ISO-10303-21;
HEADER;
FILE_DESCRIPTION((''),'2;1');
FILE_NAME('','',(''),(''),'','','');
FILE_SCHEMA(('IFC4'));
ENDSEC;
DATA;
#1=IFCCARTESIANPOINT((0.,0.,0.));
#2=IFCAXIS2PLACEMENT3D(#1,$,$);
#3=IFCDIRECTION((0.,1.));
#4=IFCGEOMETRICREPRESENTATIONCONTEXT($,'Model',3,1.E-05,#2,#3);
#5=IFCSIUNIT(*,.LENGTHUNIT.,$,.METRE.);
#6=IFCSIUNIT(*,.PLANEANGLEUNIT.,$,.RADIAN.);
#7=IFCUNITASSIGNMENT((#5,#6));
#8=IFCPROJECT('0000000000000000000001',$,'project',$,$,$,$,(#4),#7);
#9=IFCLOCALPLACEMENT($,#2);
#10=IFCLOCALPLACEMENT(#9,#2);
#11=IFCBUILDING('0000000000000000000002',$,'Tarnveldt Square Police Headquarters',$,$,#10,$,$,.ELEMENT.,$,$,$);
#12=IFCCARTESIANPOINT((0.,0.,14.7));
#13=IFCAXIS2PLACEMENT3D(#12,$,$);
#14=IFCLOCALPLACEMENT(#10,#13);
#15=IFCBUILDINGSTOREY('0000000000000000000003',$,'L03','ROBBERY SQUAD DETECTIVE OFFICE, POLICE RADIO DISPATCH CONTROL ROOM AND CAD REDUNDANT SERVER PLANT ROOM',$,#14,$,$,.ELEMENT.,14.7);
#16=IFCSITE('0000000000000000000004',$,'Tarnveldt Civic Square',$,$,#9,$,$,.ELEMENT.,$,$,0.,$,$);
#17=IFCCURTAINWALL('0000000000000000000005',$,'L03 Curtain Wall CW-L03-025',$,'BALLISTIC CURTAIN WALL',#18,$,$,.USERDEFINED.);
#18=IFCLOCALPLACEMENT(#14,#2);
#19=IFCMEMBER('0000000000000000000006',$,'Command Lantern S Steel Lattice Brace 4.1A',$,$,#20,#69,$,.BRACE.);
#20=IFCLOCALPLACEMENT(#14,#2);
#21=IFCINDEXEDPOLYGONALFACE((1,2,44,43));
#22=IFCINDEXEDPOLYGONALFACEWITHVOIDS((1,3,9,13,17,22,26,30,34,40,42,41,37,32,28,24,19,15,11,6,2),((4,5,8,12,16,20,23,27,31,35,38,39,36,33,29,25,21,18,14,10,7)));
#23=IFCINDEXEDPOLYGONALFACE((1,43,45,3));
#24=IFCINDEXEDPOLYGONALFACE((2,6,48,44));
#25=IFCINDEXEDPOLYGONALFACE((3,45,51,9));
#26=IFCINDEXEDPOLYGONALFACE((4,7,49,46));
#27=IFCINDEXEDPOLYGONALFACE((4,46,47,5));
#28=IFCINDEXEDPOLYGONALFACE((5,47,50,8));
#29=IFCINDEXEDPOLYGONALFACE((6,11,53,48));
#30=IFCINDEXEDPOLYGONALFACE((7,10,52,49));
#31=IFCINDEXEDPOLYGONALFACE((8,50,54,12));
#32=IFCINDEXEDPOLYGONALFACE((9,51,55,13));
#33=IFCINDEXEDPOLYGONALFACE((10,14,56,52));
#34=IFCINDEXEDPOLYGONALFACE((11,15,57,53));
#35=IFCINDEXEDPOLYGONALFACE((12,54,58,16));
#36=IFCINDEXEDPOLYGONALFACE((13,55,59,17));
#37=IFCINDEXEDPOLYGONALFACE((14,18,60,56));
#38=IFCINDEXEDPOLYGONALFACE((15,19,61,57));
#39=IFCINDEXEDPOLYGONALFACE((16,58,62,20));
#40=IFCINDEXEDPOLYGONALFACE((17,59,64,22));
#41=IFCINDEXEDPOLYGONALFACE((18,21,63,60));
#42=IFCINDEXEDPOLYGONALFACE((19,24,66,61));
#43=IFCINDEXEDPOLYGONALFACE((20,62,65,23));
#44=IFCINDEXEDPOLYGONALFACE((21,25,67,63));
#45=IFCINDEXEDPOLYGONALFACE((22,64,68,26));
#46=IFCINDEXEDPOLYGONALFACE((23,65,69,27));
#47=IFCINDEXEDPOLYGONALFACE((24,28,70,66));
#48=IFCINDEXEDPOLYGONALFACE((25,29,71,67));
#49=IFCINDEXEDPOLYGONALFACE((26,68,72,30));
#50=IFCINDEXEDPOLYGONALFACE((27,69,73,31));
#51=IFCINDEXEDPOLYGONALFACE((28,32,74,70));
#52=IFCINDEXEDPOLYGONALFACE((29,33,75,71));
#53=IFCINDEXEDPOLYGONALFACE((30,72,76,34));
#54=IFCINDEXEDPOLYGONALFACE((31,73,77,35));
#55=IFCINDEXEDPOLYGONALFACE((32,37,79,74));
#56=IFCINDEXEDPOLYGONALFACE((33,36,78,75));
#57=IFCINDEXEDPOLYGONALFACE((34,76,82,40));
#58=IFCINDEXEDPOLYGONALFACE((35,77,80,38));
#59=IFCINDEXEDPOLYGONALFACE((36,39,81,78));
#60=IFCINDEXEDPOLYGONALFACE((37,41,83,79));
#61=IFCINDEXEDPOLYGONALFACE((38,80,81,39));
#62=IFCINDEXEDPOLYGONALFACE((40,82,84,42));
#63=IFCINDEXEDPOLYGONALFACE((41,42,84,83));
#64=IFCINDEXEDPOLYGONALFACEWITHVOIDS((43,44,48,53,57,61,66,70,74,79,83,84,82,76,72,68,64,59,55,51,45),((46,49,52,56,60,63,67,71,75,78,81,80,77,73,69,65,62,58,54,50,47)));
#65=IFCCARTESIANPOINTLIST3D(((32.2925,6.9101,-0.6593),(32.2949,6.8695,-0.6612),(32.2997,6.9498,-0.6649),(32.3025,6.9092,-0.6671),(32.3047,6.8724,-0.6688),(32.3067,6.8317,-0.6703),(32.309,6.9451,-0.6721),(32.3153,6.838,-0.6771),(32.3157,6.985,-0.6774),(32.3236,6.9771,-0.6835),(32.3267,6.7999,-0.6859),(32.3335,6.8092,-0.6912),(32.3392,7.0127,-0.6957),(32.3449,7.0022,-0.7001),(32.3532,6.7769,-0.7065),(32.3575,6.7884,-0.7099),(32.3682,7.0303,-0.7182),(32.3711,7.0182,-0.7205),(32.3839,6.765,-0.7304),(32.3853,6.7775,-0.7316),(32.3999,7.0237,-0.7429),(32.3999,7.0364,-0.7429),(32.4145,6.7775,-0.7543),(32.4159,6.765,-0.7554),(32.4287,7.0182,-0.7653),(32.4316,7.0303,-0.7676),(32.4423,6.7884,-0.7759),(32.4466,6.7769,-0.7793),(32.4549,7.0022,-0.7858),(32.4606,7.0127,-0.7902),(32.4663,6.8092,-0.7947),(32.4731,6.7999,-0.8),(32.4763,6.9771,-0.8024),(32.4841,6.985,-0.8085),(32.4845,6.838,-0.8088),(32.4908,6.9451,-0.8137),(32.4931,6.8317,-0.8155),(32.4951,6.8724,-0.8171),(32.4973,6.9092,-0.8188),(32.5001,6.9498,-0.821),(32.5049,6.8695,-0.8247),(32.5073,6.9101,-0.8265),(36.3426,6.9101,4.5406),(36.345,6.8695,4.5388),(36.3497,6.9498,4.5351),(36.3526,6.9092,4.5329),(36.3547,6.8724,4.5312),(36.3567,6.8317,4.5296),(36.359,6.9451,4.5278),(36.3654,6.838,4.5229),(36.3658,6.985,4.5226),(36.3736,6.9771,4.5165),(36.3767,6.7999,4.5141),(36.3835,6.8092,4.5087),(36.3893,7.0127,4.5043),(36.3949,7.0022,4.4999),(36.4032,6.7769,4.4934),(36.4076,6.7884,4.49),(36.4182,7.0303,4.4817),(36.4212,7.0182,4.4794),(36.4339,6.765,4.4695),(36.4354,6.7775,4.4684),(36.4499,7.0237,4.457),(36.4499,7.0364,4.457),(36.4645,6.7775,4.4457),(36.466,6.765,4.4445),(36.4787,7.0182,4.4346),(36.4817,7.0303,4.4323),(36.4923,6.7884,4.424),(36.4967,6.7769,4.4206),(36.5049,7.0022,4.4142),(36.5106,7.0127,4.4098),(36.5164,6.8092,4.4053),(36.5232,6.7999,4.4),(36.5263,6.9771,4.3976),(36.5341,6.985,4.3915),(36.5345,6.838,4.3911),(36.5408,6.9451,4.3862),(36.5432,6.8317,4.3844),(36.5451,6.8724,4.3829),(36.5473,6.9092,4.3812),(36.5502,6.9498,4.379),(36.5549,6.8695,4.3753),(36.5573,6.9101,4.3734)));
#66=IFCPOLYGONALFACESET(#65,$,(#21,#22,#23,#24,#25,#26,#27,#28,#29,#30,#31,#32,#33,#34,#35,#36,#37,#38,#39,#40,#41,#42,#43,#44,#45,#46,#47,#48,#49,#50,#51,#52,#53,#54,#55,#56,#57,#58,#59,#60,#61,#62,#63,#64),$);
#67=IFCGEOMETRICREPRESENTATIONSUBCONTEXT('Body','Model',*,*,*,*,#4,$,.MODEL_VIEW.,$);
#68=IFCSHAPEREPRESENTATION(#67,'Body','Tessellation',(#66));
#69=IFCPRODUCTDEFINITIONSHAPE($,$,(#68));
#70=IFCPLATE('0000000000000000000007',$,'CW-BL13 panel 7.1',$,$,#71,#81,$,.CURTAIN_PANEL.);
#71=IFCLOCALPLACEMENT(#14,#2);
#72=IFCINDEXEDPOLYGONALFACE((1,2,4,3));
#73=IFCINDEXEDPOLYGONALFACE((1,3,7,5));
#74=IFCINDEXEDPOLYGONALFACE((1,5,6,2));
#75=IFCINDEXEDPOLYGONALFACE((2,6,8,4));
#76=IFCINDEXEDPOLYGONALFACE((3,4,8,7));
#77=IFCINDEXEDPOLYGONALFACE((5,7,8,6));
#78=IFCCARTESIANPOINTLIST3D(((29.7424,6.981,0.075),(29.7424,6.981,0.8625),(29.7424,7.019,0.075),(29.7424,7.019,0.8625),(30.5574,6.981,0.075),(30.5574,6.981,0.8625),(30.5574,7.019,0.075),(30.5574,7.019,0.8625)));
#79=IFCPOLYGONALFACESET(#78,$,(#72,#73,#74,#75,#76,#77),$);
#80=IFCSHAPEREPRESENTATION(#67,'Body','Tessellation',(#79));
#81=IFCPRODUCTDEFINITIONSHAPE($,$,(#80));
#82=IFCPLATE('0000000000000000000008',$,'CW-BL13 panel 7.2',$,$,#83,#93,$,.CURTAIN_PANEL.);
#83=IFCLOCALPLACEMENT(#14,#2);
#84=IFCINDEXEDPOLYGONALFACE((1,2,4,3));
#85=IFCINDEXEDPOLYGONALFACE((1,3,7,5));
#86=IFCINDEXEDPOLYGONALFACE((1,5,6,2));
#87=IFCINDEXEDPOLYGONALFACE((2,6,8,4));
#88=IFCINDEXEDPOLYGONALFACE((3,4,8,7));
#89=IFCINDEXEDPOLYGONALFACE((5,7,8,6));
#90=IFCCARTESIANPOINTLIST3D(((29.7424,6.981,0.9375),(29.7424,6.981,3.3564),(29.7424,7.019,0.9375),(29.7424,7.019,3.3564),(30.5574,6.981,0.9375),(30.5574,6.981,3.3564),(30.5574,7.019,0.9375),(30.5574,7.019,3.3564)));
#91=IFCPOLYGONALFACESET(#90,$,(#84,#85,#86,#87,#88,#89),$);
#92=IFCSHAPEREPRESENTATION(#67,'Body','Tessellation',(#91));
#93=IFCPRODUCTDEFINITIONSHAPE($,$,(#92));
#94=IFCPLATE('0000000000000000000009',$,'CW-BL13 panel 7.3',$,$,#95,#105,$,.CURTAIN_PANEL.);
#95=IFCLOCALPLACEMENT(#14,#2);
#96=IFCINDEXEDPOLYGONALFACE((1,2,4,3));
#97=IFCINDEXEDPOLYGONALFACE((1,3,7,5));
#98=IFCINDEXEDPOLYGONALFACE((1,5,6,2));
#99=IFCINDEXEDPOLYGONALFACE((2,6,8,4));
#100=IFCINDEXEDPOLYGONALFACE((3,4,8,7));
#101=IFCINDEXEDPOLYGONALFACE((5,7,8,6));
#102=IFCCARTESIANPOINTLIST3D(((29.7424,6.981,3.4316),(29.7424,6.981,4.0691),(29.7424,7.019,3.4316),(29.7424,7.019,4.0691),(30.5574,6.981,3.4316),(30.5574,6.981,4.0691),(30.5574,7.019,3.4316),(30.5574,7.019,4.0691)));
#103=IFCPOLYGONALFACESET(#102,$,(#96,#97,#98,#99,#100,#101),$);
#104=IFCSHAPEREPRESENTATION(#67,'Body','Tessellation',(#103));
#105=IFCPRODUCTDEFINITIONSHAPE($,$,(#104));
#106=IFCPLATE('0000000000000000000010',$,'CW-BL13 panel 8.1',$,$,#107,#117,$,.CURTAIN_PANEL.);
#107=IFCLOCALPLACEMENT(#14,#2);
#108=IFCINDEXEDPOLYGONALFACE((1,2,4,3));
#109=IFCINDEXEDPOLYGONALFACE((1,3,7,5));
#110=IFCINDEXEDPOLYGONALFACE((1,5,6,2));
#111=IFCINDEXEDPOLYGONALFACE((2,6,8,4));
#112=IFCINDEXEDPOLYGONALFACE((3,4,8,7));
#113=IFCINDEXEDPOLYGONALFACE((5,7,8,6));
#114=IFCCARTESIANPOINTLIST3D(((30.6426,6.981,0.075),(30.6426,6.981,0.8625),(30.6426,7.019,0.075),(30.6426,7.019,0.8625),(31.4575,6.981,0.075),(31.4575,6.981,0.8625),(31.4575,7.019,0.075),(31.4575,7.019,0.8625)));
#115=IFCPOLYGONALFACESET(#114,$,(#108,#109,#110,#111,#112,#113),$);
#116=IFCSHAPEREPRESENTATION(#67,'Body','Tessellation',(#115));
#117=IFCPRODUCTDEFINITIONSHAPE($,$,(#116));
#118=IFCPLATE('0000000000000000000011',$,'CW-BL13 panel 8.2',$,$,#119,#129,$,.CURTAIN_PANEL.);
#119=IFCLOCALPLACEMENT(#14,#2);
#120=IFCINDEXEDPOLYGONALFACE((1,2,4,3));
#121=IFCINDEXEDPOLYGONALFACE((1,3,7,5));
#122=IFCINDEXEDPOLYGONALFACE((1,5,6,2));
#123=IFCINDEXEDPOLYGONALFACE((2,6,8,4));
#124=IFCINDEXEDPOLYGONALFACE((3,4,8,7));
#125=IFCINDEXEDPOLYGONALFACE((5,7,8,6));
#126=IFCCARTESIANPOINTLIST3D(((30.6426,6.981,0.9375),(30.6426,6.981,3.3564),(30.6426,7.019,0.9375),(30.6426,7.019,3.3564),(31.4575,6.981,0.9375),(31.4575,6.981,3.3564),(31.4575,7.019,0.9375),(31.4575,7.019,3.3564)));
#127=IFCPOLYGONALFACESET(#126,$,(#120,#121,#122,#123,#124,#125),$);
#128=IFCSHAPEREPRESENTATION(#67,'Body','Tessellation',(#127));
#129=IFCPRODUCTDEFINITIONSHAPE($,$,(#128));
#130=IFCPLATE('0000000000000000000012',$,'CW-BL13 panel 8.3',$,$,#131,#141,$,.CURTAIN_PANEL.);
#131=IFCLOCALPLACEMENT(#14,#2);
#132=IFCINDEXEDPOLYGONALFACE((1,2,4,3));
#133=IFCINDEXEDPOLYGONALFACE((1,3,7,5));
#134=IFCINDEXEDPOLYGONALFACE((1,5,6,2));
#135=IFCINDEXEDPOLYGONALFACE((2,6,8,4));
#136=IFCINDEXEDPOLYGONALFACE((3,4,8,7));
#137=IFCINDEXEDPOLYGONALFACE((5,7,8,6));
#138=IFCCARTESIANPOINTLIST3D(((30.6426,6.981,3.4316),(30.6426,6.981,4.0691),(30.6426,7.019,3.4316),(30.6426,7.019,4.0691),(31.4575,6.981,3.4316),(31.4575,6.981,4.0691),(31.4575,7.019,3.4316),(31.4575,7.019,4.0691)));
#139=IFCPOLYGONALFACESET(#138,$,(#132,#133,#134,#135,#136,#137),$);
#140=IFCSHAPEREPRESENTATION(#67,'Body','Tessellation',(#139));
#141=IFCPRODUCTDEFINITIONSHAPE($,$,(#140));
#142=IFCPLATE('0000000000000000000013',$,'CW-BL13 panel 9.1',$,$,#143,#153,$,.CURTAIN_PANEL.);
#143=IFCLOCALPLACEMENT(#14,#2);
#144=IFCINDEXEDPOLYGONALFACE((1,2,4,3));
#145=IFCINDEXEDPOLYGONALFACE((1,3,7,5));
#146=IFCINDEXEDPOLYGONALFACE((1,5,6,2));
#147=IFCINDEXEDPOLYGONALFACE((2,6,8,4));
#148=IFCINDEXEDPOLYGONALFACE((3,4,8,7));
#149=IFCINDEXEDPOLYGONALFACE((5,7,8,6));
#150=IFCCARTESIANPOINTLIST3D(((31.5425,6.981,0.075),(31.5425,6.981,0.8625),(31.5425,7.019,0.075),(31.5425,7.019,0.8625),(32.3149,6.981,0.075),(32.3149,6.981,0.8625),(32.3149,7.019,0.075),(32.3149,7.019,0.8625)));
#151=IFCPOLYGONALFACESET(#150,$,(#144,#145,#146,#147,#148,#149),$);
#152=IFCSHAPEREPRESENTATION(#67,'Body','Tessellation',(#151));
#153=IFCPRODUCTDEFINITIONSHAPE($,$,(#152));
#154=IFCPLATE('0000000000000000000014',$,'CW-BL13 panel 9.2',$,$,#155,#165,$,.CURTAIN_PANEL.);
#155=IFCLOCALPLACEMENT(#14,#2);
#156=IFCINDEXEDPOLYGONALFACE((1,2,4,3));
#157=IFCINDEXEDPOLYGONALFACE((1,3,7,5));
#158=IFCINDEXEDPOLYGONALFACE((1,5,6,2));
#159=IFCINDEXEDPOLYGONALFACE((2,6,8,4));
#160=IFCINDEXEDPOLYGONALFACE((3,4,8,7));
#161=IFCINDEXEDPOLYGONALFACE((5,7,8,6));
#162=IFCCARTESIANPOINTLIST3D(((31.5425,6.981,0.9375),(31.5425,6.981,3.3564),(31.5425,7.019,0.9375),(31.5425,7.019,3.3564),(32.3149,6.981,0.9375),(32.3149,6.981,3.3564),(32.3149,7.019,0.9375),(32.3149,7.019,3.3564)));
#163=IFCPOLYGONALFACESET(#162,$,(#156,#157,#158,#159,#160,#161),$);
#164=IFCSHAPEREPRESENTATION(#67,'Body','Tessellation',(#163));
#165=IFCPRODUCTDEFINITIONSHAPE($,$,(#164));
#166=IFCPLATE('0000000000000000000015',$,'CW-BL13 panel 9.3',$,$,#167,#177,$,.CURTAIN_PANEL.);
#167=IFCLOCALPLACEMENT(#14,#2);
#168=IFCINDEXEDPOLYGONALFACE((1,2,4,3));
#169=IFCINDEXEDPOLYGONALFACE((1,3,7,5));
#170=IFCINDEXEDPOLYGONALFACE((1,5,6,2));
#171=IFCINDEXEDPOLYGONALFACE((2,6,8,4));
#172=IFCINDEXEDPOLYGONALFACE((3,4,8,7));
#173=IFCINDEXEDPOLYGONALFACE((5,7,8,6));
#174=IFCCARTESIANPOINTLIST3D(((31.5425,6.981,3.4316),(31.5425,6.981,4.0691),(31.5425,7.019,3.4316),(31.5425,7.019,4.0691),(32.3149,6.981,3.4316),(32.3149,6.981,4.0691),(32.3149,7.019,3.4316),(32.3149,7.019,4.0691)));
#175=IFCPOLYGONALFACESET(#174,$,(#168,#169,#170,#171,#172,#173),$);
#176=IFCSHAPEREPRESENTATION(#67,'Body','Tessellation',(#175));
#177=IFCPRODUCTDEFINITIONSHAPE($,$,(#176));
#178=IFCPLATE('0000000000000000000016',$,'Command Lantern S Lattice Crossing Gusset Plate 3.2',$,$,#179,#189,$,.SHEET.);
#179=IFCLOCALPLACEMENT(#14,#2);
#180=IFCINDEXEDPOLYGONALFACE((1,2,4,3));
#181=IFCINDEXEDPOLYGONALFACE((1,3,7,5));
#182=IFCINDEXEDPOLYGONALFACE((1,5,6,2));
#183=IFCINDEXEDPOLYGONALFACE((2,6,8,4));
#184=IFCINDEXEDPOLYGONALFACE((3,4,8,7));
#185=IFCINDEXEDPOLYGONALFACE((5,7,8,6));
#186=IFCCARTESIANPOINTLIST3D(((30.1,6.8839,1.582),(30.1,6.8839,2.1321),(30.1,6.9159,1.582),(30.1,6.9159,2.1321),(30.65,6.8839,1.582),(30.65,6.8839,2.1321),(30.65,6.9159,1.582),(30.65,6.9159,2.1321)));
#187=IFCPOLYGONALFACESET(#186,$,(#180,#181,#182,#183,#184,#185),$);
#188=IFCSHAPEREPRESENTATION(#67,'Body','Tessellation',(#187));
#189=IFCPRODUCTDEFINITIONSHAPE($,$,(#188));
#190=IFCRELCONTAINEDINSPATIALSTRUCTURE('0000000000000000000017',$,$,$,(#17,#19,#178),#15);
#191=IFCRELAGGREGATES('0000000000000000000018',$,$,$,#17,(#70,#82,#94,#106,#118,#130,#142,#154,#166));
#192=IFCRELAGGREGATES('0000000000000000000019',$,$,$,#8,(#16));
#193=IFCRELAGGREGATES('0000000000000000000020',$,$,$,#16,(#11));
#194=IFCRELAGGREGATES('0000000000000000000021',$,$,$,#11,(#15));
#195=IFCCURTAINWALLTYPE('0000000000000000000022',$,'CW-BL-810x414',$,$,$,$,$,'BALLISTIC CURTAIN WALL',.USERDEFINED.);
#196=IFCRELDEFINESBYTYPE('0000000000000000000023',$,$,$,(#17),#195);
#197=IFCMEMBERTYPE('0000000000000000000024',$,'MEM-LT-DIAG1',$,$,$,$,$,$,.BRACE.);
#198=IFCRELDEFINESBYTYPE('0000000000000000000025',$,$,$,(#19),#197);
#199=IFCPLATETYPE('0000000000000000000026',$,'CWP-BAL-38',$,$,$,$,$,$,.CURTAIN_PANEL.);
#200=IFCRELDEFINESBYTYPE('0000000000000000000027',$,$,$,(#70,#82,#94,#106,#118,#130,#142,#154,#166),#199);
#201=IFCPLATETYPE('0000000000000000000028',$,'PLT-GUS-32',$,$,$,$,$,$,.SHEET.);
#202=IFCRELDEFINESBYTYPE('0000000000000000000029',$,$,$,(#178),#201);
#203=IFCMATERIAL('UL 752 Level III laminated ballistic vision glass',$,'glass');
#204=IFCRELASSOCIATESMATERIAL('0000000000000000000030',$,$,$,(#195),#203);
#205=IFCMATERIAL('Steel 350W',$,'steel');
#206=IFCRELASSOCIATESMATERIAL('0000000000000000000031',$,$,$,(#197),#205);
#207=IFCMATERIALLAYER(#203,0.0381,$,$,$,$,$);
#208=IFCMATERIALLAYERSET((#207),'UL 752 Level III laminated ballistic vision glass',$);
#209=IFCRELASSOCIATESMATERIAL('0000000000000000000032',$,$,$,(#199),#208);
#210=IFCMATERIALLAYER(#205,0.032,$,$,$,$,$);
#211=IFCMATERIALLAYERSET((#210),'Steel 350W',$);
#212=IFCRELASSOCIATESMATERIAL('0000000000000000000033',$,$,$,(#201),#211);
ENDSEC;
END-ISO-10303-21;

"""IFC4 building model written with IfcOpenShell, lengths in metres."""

from ifc_helpers import new_model, si_unit, direction, frame, origin, origin_2d, place, context, subcontext, project, spatial, rectangle, hollow_circle, extrude, material, layer, layer_set, material_profile, profile_set, type_object, element, aggregate, save


model = new_model("IFC4")

# Units and contexts
model_context = context("Model", 3, precision=1e-05, world=origin(), true_north=direction((0.0, 1.0)))
body_context = subcontext(model_context, "Body", "Model", "MODEL_VIEW")
ifc_project = project(units=[si_unit("LENGTHUNIT", "METRE"), si_unit("PLANEANGLEUNIT", "RADIAN")], contexts=[model_context])

# Site, building, storey
site_placement = place(None, origin())
site = spatial("IfcSite", under=ifc_project, at=site_placement, Name="Tarnveldt Civic Square", CompositionType="ELEMENT", RefElevation=0.0)
building_placement = place(site_placement, origin())
building = spatial("IfcBuilding", under=site, at=building_placement, Name="Tarnveldt Square Police Headquarters", CompositionType="ELEMENT")
storey_placement = place(building_placement, frame((0.0, 0.0, 14.7)))
storey = spatial("IfcBuildingStorey", under=building, at=storey_placement, Name="L03", Description="ROBBERY SQUAD DETECTIVE OFFICE, POLICE RADIO DISPATCH CONTROL ROOM AND CAD REDUNDANT SERVER PLANT ROOM", CompositionType="ELEMENT", Elevation=14.7)

# Curtain wall
ifc_material_1 = material(Name="UL 752 Level III laminated ballistic vision glass", Category="glass")
curtain_wall_type = type_object("IfcCurtainWallType", Name="CW-BL-810x414", ElementType="BALLISTIC CURTAIN WALL", PredefinedType="USERDEFINED", material=ifc_material_1)
curtain_wall_1_placement = place(storey_placement, origin())
curtain_wall_1 = element("IfcCurtainWall", 1, at=curtain_wall_1_placement, inside=storey, type_object=curtain_wall_type, Name="L03 Curtain Wall CW-L03-025", ObjectType="BALLISTIC CURTAIN WALL", PredefinedType="USERDEFINED")

# Member
ifc_material_2 = material(Name="Steel 350W", Category="steel")
ifc_material_profile_1 = material_profile(ifc_material_2, hollow_circle(Radius=0.1365, WallThickness=0.0127, at=origin_2d()), Name="HSS273x13")
ifc_profile_set_1 = profile_set([ifc_material_profile_1], Name="Steel 350W")
member_type_1 = type_object("IfcMemberType", Name="MEM-LT-DIAG1", PredefinedType="BRACE", material=ifc_profile_set_1)
member_1_placement = place(storey_placement, frame((32.3999, 6.8999, -0.7429), z_axis=(0.614474, 0.0, 0.788937), x_axis=(0.0, 1.0, 0.0)))
element("IfcMember", 2, at=member_1_placement, inside=storey, type_object=member_type_1, Name="Command Lantern S Steel Lattice Brace 4.1A", PredefinedType="BRACE", context=body_context, shape_type="SweptSolid", body=[
    extrude(hollow_circle(Radius=0.1365, WallThickness=0.0127, at=origin_2d()), origin(), (0.0, 0.0, 1.0), 6.5911),
])

# Plates
ifc_layer_1 = layer(ifc_material_1, 0.0381)
ifc_layer_set_1 = layer_set([ifc_layer_1], Name="UL 752 Level III laminated ballistic vision glass")
plate_type_1 = type_object("IfcPlateType", Name="CWP-BAL-38", PredefinedType="CURTAIN_PANEL", material=ifc_layer_set_1)
plate_1_placement = place(storey_placement, frame((30.1499, 7.0, 0.075), z_axis=(0.0, 0.0, 1.0), x_axis=(1.0, 0.0, 0.0)))
plate_1 = element("IfcPlate", 3, at=plate_1_placement, type_object=plate_type_1, Name="CW-BL13 panel 7.1", PredefinedType="CURTAIN_PANEL", context=body_context, shape_type="SweptSolid", body=[
    extrude(rectangle(XDim=0.8149, YDim=0.0381, at=origin_2d()), origin(), (0.0, 0.0, 1.0), 0.7876),
])
plate_2_placement = place(storey_placement, frame((30.1499, 7.0, 0.9375), z_axis=(0.0, 0.0, 1.0), x_axis=(1.0, 0.0, 0.0)))
plate_2 = element("IfcPlate", 4, at=plate_2_placement, type_object=plate_type_1, Name="CW-BL13 panel 7.2", PredefinedType="CURTAIN_PANEL", context=body_context, shape_type="SweptSolid", body=[
    extrude(rectangle(XDim=0.8149, YDim=0.0381, at=origin_2d()), origin(), (0.0, 0.0, 1.0), 2.4189),
])
plate_3_placement = place(storey_placement, frame((30.1499, 7.0, 3.4316), z_axis=(0.0, 0.0, 1.0), x_axis=(1.0, 0.0, 0.0)))
plate_3 = element("IfcPlate", 5, at=plate_3_placement, type_object=plate_type_1, Name="CW-BL13 panel 7.3", PredefinedType="CURTAIN_PANEL", context=body_context, shape_type="SweptSolid", body=[
    extrude(rectangle(XDim=0.8149, YDim=0.0381, at=origin_2d()), origin(), (0.0, 0.0, 1.0), 0.6375),
])
plate_4_placement = place(storey_placement, frame((31.05, 7.0, 0.075), z_axis=(0.0, 0.0, 1.0), x_axis=(1.0, 0.0, 0.0)))
plate_4 = element("IfcPlate", 6, at=plate_4_placement, type_object=plate_type_1, Name="CW-BL13 panel 8.1", PredefinedType="CURTAIN_PANEL", context=body_context, shape_type="SweptSolid", body=[
    extrude(rectangle(XDim=0.8149, YDim=0.0381, at=origin_2d()), origin(), (0.0, 0.0, 1.0), 0.7876),
])
plate_5_placement = place(storey_placement, frame((31.05, 7.0, 0.9375), z_axis=(0.0, 0.0, 1.0), x_axis=(1.0, 0.0, 0.0)))
plate_5 = element("IfcPlate", 7, at=plate_5_placement, type_object=plate_type_1, Name="CW-BL13 panel 8.2", PredefinedType="CURTAIN_PANEL", context=body_context, shape_type="SweptSolid", body=[
    extrude(rectangle(XDim=0.8149, YDim=0.0381, at=origin_2d()), origin(), (0.0, 0.0, 1.0), 2.4189),
])
plate_6_placement = place(storey_placement, frame((31.05, 7.0, 3.4316), z_axis=(0.0, 0.0, 1.0), x_axis=(1.0, 0.0, 0.0)))
plate_6 = element("IfcPlate", 8, at=plate_6_placement, type_object=plate_type_1, Name="CW-BL13 panel 8.3", PredefinedType="CURTAIN_PANEL", context=body_context, shape_type="SweptSolid", body=[
    extrude(rectangle(XDim=0.8149, YDim=0.0381, at=origin_2d()), origin(), (0.0, 0.0, 1.0), 0.6375),
])
plate_7_placement = place(storey_placement, frame((31.9287, 7.0, 0.075), z_axis=(0.0, 0.0, 1.0), x_axis=(1.0, 0.0, 0.0)))
plate_7 = element("IfcPlate", 9, at=plate_7_placement, type_object=plate_type_1, Name="CW-BL13 panel 9.1", PredefinedType="CURTAIN_PANEL", context=body_context, shape_type="SweptSolid", body=[
    extrude(rectangle(XDim=0.7725, YDim=0.0381, at=origin_2d()), origin(), (0.0, 0.0, 1.0), 0.7876),
])
plate_8_placement = place(storey_placement, frame((31.9287, 7.0, 0.9375), z_axis=(0.0, 0.0, 1.0), x_axis=(1.0, 0.0, 0.0)))
plate_8 = element("IfcPlate", 10, at=plate_8_placement, type_object=plate_type_1, Name="CW-BL13 panel 9.2", PredefinedType="CURTAIN_PANEL", context=body_context, shape_type="SweptSolid", body=[
    extrude(rectangle(XDim=0.7725, YDim=0.0381, at=origin_2d()), origin(), (0.0, 0.0, 1.0), 2.4189),
])
plate_9_placement = place(storey_placement, frame((31.9287, 7.0, 3.4316), z_axis=(0.0, 0.0, 1.0), x_axis=(1.0, 0.0, 0.0)))
plate_9 = element("IfcPlate", 11, at=plate_9_placement, type_object=plate_type_1, Name="CW-BL13 panel 9.3", PredefinedType="CURTAIN_PANEL", context=body_context, shape_type="SweptSolid", body=[
    extrude(rectangle(XDim=0.7725, YDim=0.0381, at=origin_2d()), origin(), (0.0, 0.0, 1.0), 0.6375),
])
aggregate(curtain_wall_1, [plate_1, plate_2, plate_3, plate_4, plate_5, plate_6, plate_7, plate_8, plate_9])
ifc_layer_2 = layer(ifc_material_2, 0.032)
ifc_layer_set_2 = layer_set([ifc_layer_2], Name="Steel 350W")
plate_type_2 = type_object("IfcPlateType", Name="PLT-GUS-32", PredefinedType="SHEET", material=ifc_layer_set_2)
plate_10_placement = place(storey_placement, frame((30.375, 6.8999, 1.582), z_axis=(0.0, 0.0, 1.0), x_axis=(1.0, 0.0, 0.0)))
element("IfcPlate", 12, at=plate_10_placement, inside=storey, type_object=plate_type_2, Name="Command Lantern S Lattice Crossing Gusset Plate 3.2", PredefinedType="SHEET", context=body_context, shape_type="SweptSolid", body=[
    extrude(rectangle(XDim=0.55, YDim=0.032, at=origin_2d()), origin(), (0.0, 0.0, 1.0), 0.55),
])

save(model, "model.ifc")
